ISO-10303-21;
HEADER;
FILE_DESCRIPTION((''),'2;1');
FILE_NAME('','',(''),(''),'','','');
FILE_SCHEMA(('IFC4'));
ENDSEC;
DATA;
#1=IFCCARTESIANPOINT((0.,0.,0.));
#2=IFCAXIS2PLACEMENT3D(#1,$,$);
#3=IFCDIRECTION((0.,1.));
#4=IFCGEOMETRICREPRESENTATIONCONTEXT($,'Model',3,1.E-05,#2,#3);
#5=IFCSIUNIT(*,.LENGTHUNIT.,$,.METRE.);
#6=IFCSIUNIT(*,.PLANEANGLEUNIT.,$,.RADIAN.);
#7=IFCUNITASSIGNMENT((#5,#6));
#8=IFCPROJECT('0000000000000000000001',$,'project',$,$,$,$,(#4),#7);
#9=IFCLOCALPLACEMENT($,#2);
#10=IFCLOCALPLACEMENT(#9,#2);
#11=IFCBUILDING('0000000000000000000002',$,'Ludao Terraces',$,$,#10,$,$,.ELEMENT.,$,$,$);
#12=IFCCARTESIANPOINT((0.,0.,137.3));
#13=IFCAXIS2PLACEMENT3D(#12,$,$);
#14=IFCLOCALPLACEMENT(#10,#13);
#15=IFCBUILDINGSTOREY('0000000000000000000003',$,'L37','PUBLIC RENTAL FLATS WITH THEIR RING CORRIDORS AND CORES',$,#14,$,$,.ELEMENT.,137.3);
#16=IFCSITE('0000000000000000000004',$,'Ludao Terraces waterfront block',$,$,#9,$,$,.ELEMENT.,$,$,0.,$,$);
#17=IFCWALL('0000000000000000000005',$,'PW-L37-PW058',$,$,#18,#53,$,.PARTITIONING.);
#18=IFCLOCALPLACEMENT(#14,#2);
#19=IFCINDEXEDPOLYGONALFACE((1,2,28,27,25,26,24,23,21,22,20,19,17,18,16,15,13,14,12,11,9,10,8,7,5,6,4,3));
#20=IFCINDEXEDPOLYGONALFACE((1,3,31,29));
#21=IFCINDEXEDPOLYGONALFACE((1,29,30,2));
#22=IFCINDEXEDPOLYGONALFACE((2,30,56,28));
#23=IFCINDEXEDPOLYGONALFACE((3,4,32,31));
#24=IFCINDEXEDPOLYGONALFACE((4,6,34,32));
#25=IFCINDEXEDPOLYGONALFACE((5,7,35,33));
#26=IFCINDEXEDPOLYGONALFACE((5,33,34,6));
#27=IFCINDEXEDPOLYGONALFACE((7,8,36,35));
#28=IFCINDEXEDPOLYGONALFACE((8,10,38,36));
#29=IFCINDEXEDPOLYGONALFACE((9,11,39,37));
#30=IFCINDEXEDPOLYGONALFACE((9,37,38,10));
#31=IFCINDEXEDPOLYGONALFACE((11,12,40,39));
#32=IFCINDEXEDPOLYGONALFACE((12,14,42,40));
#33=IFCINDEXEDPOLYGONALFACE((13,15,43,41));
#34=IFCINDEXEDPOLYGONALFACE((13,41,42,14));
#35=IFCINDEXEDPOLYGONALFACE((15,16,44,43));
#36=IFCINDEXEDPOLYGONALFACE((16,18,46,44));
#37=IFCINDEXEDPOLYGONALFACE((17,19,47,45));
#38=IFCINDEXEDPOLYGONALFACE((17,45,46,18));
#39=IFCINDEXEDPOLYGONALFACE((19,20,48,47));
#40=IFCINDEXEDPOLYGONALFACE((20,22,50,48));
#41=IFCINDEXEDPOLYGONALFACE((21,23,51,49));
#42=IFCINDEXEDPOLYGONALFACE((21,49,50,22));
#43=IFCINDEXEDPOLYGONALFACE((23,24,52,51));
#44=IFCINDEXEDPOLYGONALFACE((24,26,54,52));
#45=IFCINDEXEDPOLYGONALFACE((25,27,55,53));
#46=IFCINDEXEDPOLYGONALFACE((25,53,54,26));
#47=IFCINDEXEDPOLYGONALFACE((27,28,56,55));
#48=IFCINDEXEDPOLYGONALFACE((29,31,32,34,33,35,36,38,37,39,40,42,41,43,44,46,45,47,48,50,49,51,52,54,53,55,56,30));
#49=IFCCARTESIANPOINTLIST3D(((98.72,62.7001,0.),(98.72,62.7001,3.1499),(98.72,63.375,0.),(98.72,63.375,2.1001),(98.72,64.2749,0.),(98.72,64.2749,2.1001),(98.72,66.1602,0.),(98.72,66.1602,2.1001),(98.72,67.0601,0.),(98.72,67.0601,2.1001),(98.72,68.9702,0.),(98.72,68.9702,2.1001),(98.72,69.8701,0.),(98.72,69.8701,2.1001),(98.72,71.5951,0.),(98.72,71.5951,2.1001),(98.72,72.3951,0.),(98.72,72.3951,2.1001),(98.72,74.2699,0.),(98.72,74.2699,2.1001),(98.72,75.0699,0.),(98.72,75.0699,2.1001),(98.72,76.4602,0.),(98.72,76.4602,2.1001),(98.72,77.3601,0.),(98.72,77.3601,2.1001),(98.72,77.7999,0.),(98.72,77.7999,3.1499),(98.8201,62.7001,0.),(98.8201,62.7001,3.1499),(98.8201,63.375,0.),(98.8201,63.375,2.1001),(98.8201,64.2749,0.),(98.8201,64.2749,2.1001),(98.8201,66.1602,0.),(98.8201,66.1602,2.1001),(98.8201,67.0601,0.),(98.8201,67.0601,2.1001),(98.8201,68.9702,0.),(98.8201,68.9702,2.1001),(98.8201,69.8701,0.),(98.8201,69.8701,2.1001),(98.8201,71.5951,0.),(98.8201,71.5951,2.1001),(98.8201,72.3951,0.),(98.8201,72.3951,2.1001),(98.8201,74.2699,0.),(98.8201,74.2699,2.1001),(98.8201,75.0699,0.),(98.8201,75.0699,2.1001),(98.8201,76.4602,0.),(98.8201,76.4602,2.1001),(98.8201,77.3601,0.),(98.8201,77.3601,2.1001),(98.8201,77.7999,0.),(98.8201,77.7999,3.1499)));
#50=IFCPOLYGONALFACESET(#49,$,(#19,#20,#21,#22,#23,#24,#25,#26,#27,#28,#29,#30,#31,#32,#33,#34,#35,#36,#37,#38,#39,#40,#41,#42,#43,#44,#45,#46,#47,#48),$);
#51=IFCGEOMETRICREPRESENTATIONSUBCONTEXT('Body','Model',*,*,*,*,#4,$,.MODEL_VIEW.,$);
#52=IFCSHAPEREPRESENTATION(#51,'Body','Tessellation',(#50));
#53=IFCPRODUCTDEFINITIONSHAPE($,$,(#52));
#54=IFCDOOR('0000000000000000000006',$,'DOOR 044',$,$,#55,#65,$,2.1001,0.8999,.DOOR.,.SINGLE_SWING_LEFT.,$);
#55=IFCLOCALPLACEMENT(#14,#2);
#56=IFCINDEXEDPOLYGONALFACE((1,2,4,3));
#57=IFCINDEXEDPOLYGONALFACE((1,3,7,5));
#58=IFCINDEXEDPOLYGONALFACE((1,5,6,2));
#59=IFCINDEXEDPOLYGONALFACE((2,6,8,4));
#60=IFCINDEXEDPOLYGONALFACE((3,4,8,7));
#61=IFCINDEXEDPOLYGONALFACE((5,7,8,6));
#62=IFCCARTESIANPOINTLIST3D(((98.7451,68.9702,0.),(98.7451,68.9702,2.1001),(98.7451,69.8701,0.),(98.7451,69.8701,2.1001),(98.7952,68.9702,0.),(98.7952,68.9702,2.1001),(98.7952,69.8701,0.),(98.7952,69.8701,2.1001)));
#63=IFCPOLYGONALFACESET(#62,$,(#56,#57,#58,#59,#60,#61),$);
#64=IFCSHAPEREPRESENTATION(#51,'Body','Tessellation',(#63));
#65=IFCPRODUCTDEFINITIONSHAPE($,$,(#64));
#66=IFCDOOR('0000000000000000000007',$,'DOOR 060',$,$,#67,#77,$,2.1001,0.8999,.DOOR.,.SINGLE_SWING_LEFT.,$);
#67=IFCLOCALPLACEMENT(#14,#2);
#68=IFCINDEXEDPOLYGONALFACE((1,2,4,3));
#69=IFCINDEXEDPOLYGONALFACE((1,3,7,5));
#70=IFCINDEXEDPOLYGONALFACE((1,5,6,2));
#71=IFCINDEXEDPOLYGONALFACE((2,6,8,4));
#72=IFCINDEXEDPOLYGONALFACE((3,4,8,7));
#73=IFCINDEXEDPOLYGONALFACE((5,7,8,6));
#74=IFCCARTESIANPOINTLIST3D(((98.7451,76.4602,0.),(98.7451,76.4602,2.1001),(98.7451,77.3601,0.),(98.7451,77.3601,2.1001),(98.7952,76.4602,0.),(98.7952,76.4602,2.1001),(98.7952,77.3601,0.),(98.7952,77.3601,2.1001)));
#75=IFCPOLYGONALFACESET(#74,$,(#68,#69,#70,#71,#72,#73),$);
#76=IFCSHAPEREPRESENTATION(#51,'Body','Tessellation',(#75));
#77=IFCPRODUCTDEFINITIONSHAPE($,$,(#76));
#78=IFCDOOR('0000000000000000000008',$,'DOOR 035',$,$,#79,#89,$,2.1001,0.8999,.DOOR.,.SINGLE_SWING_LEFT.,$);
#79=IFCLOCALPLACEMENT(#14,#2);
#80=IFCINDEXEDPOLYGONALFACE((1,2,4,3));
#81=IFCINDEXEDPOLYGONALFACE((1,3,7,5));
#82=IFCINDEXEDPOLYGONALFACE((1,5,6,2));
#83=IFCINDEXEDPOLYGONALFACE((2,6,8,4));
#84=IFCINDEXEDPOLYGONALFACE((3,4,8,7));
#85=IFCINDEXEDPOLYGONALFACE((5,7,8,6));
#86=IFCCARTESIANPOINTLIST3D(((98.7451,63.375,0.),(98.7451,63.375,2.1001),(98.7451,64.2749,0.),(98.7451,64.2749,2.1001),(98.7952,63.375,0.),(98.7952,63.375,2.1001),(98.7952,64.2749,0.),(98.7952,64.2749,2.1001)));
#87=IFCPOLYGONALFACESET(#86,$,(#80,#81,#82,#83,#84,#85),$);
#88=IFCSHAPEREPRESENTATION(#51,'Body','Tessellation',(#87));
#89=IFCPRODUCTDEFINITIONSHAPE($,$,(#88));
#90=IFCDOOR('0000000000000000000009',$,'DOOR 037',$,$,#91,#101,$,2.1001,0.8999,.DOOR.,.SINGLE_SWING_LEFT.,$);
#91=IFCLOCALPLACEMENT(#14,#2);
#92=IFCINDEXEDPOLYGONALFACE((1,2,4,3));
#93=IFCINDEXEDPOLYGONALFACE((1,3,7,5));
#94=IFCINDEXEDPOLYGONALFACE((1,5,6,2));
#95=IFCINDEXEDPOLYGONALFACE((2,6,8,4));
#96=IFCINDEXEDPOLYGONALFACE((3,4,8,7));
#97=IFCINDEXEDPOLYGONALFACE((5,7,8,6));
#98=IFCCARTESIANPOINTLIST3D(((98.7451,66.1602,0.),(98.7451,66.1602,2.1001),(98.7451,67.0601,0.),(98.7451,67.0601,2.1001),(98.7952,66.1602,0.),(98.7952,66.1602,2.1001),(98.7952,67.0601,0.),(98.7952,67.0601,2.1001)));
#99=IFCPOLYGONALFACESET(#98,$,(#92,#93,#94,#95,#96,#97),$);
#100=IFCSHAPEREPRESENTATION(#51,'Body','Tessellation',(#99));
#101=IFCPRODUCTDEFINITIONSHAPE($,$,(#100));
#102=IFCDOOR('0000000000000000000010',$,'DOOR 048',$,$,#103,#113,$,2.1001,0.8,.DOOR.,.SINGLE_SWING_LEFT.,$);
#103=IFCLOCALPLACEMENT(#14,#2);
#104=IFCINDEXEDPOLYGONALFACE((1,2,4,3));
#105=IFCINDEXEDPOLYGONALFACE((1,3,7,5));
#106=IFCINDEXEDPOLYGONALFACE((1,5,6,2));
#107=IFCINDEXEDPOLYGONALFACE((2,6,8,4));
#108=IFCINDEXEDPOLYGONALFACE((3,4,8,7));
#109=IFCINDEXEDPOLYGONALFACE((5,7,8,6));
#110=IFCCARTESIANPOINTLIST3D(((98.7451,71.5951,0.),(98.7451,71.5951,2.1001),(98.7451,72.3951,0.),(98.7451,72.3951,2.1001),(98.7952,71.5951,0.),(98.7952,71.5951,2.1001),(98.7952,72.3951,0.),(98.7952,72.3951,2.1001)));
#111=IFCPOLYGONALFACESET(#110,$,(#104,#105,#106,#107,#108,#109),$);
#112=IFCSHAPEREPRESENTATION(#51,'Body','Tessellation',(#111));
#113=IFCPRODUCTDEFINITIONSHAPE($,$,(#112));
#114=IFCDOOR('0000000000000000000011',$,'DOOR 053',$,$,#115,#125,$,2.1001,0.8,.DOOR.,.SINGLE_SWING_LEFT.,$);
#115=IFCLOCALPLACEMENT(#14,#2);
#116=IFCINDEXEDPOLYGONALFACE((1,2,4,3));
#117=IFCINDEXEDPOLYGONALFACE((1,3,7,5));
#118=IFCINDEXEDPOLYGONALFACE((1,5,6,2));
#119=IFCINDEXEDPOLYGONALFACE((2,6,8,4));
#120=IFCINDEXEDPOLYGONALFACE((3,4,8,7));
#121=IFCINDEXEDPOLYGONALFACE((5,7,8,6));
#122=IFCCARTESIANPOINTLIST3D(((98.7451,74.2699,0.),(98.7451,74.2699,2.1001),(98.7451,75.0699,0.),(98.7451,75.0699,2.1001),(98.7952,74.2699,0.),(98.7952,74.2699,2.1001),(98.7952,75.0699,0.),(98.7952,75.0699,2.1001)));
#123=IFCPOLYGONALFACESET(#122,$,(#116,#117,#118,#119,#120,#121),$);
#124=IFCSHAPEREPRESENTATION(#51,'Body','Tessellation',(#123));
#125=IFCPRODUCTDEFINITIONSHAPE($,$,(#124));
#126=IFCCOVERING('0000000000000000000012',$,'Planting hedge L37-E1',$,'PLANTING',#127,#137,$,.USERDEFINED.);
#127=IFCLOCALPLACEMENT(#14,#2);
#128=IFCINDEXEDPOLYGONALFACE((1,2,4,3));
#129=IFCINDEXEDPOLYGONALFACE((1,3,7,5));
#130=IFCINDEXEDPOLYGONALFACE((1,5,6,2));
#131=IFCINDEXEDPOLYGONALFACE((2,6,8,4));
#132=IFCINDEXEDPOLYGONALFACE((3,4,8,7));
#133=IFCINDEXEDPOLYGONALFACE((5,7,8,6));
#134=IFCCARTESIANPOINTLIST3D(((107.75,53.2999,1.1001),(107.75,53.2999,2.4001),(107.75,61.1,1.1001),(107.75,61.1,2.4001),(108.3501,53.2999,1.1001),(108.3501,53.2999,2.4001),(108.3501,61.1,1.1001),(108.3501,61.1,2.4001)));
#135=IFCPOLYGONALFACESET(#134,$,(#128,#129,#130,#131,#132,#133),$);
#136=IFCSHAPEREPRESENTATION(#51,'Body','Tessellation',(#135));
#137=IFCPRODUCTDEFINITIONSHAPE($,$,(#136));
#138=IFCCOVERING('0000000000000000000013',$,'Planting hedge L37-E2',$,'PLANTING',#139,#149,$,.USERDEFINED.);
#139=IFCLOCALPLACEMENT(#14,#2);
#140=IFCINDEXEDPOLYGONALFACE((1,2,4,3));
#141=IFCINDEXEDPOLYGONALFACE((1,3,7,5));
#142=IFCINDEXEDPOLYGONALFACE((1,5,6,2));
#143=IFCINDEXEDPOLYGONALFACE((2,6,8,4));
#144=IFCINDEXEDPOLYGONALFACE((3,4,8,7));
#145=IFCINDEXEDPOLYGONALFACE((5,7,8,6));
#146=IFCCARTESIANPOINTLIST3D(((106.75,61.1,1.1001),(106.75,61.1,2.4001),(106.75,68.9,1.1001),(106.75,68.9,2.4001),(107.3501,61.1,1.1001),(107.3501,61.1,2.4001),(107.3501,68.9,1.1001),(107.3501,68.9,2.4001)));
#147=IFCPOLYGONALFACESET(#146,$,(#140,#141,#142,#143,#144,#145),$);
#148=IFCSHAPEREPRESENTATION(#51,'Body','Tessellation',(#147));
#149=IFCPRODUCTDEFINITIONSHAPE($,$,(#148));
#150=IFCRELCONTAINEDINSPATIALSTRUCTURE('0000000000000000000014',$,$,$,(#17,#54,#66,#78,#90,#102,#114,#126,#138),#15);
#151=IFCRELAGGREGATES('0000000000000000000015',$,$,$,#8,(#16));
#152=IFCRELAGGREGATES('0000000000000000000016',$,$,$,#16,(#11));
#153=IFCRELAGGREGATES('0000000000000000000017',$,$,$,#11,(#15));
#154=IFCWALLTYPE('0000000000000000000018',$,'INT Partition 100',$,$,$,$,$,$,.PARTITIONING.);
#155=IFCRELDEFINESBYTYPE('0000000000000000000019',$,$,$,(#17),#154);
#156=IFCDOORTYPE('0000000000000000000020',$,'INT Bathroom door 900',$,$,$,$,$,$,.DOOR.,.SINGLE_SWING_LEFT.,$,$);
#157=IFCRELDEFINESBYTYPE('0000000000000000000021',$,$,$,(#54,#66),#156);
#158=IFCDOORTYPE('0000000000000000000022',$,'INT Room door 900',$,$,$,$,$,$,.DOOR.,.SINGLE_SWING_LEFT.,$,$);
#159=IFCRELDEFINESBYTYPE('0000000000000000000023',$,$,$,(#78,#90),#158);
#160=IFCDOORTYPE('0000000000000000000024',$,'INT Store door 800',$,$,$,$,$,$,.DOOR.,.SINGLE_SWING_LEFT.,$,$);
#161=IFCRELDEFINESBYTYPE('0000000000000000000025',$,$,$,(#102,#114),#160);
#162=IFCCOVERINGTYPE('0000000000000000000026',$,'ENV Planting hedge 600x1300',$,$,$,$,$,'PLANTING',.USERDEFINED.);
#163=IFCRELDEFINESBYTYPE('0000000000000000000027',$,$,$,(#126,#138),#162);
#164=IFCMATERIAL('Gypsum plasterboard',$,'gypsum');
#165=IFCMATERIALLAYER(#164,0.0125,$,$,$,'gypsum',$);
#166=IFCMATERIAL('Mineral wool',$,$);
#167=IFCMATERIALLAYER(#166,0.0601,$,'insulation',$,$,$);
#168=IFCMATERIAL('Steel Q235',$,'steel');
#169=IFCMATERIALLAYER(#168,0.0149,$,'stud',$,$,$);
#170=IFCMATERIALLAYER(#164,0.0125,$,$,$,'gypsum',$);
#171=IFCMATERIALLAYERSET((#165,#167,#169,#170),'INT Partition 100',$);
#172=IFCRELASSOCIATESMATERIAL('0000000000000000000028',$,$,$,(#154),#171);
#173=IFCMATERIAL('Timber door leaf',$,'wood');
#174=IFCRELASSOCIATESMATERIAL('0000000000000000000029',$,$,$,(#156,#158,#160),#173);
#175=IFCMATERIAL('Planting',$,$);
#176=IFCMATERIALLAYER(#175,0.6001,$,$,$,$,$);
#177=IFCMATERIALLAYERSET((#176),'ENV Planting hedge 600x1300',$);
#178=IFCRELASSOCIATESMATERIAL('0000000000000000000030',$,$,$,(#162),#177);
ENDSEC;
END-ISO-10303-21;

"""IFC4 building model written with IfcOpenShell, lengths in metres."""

from ifc_helpers import new_model, si_unit, direction, frame, frame_2d, origin, origin_2d, place, context, subcontext, project, spatial, rectangle, extrude, material, layer, layer_set, type_object, element, fill, save


model = new_model("IFC4")

# Units and contexts
model_context = context("Model", 3, precision=1e-05, world=origin(), true_north=direction((0.0, 1.0)))
body_context = subcontext(model_context, "Body", "Model", "MODEL_VIEW")
ifc_project = project(units=[si_unit("LENGTHUNIT", "METRE"), si_unit("PLANEANGLEUNIT", "RADIAN")], contexts=[model_context])

# Site, building, storey
site_placement = place(None, origin())
site = spatial("IfcSite", under=ifc_project, at=site_placement, Name="Ludao Terraces waterfront block", CompositionType="ELEMENT", RefElevation=0.0)
building_placement = place(site_placement, origin())
building = spatial("IfcBuilding", under=site, at=building_placement, Name="Ludao Terraces", CompositionType="ELEMENT")
storey_placement = place(building_placement, frame((0.0, 0.0, 137.3)))
storey = spatial("IfcBuildingStorey", under=building, at=storey_placement, Name="L37", Description="PUBLIC RENTAL FLATS WITH THEIR RING CORRIDORS AND CORES", CompositionType="ELEMENT", Elevation=137.3)

# Shared definitions
ifc_material_1 = material(Name="Mineral wool")

# Shared definitions
ifc_material_2 = material(Name="Gypsum plasterboard", Category="gypsum")
ifc_layer_1 = layer(ifc_material_2, 0.0125, Category="gypsum")
ifc_layer_2 = layer(ifc_material_1, 0.0601, Name="insulation")
ifc_material_3 = material(Name="Steel Q235", Category="steel")
ifc_layer_3 = layer(ifc_material_3, 0.0149, Name="stud")
ifc_layer_4 = layer(ifc_material_2, 0.0125, Category="gypsum")
ifc_layer_set_1 = layer_set([ifc_layer_1, ifc_layer_2, ifc_layer_3, ifc_layer_4], Name="INT Partition 100")
wall_type_1 = type_object("IfcWallType", Name="INT Partition 100", PredefinedType="PARTITIONING", material=ifc_layer_set_1)

# Wall, openings, doors
wall_1_placement = place(storey_placement, frame((98.77, 62.7002, 0.0), z_axis=(0.0, 0.0, 1.0), x_axis=(0.0, 1.0, 0.0)))
wall_1 = element("IfcWall", 1, at=wall_1_placement, inside=storey, type_object=wall_type_1, Name="PW-L37-PW058", PredefinedType="PARTITIONING", context=body_context, shape_type="SweptSolid", body=[
    extrude(rectangle(XDim=15.0999, YDim=0.1001, at=frame_2d((7.5498, 0.0))), origin(), (0.0, 0.0, 1.0), 3.1499),
])
opening_1_placement = place(wall_1_placement, frame((0.6748, 0.0, 0.0)))
opening_1 = element("IfcOpeningElement", 2, at=opening_1_placement, cuts=wall_1, PredefinedType="OPENING", context=body_context, shape_type="SweptSolid", body=[
    extrude(rectangle(XDim=0.8999, YDim=2.1001, at=frame_2d((0.45, 1.05))), frame((0.0, 0.0601, 0.0), z_axis=(0.0, -1.0, 0.0), x_axis=(1.0, 0.0, 0.0)), (0.0, 0.0, 1.0), 0.1201),
])
opening_2_placement = place(wall_1_placement, frame((3.46, 0.0, 0.0)))
opening_2 = element("IfcOpeningElement", 3, at=opening_2_placement, cuts=wall_1, PredefinedType="OPENING", context=body_context, shape_type="SweptSolid", body=[
    extrude(rectangle(XDim=0.8999, YDim=2.1001, at=frame_2d((0.45, 1.05))), frame((0.0, 0.0601, 0.0), z_axis=(0.0, -1.0, 0.0), x_axis=(1.0, 0.0, 0.0)), (0.0, 0.0, 1.0), 0.1201),
])
opening_3_placement = place(wall_1_placement, frame((6.27, 0.0, 0.0)))
opening_3 = element("IfcOpeningElement", 4, at=opening_3_placement, cuts=wall_1, PredefinedType="OPENING", context=body_context, shape_type="SweptSolid", body=[
    extrude(rectangle(XDim=0.8999, YDim=2.1001, at=frame_2d((0.45, 1.05))), frame((0.0, 0.0601, 0.0), z_axis=(0.0, -1.0, 0.0), x_axis=(1.0, 0.0, 0.0)), (0.0, 0.0, 1.0), 0.1201),
])
opening_4_placement = place(wall_1_placement, frame((8.895, 0.0, 0.0)))
opening_4 = element("IfcOpeningElement", 5, at=opening_4_placement, cuts=wall_1, PredefinedType="OPENING", context=body_context, shape_type="SweptSolid", body=[
    extrude(rectangle(XDim=0.8, YDim=2.1001, at=frame_2d((0.3999, 1.05))), frame((0.0, 0.0601, 0.0), z_axis=(0.0, -1.0, 0.0), x_axis=(1.0, 0.0, 0.0)), (0.0, 0.0, 1.0), 0.1201),
])
opening_5_placement = place(wall_1_placement, frame((11.5698, 0.0, 0.0)))
opening_5 = element("IfcOpeningElement", 6, at=opening_5_placement, cuts=wall_1, PredefinedType="OPENING", context=body_context, shape_type="SweptSolid", body=[
    extrude(rectangle(XDim=0.8, YDim=2.1001, at=frame_2d((0.3999, 1.05))), frame((0.0, 0.0601, 0.0), z_axis=(0.0, -1.0, 0.0), x_axis=(1.0, 0.0, 0.0)), (0.0, 0.0, 1.0), 0.1201),
])
opening_6_placement = place(wall_1_placement, frame((13.76, 0.0, 0.0)))
opening_6 = element("IfcOpeningElement", 7, at=opening_6_placement, cuts=wall_1, PredefinedType="OPENING", context=body_context, shape_type="SweptSolid", body=[
    extrude(rectangle(XDim=0.8999, YDim=2.1001, at=frame_2d((0.45, 1.05))), frame((0.0, 0.0601, 0.0), z_axis=(0.0, -1.0, 0.0), x_axis=(1.0, 0.0, 0.0)), (0.0, 0.0, 1.0), 0.1201),
])
ifc_material_4 = material(Name="Timber door leaf", Category="wood")
door_type_1 = type_object("IfcDoorType", Name="INT Bathroom door 900", OperationType="SINGLE_SWING_LEFT", PredefinedType="DOOR", material=ifc_material_4)
door_1_placement = place(opening_3_placement, origin())
door_1 = element("IfcDoor", 8, at=door_1_placement, inside=storey, type_object=door_type_1, Name="DOOR 044", OperationType="SINGLE_SWING_LEFT", OverallHeight=2.1001, OverallWidth=0.8999, PredefinedType="DOOR", context=body_context, shape_type="SweptSolid", body=[
    extrude(rectangle(XDim=0.8999, YDim=2.1001, at=frame_2d((0.45, 1.05))), frame((0.0, 0.0249, 0.0), z_axis=(0.0, -1.0, 0.0), x_axis=(1.0, 0.0, 0.0)), (0.0, 0.0, 1.0), 0.05),
])
fill(opening_3, door_1)
door_2_placement = place(opening_6_placement, origin())
door_2 = element("IfcDoor", 9, at=door_2_placement, inside=storey, type_object=door_type_1, Name="DOOR 060", OperationType="SINGLE_SWING_LEFT", OverallHeight=2.1001, OverallWidth=0.8999, PredefinedType="DOOR", context=body_context, shape_type="SweptSolid", body=[
    extrude(rectangle(XDim=0.8999, YDim=2.1001, at=frame_2d((0.45, 1.05))), frame((0.0, 0.0249, 0.0), z_axis=(0.0, -1.0, 0.0), x_axis=(1.0, 0.0, 0.0)), (0.0, 0.0, 1.0), 0.05),
])
fill(opening_6, door_2)
door_type_2 = type_object("IfcDoorType", Name="INT Room door 900", OperationType="SINGLE_SWING_LEFT", PredefinedType="DOOR", material=ifc_material_4)
door_3_placement = place(opening_1_placement, origin())
door_3 = element("IfcDoor", 10, at=door_3_placement, inside=storey, type_object=door_type_2, Name="DOOR 035", OperationType="SINGLE_SWING_LEFT", OverallHeight=2.1001, OverallWidth=0.8999, PredefinedType="DOOR", context=body_context, shape_type="SweptSolid", body=[
    extrude(rectangle(XDim=0.8999, YDim=2.1001, at=frame_2d((0.45, 1.05))), frame((0.0, 0.0249, 0.0), z_axis=(0.0, -1.0, 0.0), x_axis=(1.0, 0.0, 0.0)), (0.0, 0.0, 1.0), 0.05),
])
fill(opening_1, door_3)
door_4_placement = place(opening_2_placement, origin())
door_4 = element("IfcDoor", 11, at=door_4_placement, inside=storey, type_object=door_type_2, Name="DOOR 037", OperationType="SINGLE_SWING_LEFT", OverallHeight=2.1001, OverallWidth=0.8999, PredefinedType="DOOR", context=body_context, shape_type="SweptSolid", body=[
    extrude(rectangle(XDim=0.8999, YDim=2.1001, at=frame_2d((0.45, 1.05))), frame((0.0, 0.0249, 0.0), z_axis=(0.0, -1.0, 0.0), x_axis=(1.0, 0.0, 0.0)), (0.0, 0.0, 1.0), 0.05),
])
fill(opening_2, door_4)
door_type_3 = type_object("IfcDoorType", Name="INT Store door 800", OperationType="SINGLE_SWING_LEFT", PredefinedType="DOOR", material=ifc_material_4)
door_5_placement = place(opening_4_placement, origin())
door_5 = element("IfcDoor", 12, at=door_5_placement, inside=storey, type_object=door_type_3, Name="DOOR 048", OperationType="SINGLE_SWING_LEFT", OverallHeight=2.1001, OverallWidth=0.8, PredefinedType="DOOR", context=body_context, shape_type="SweptSolid", body=[
    extrude(rectangle(XDim=0.8, YDim=2.1001, at=frame_2d((0.3999, 1.05))), frame((0.0, 0.0249, 0.0), z_axis=(0.0, -1.0, 0.0), x_axis=(1.0, 0.0, 0.0)), (0.0, 0.0, 1.0), 0.05),
])
fill(opening_4, door_5)
door_6_placement = place(opening_5_placement, origin())
door_6 = element("IfcDoor", 13, at=door_6_placement, inside=storey, type_object=door_type_3, Name="DOOR 053", OperationType="SINGLE_SWING_LEFT", OverallHeight=2.1001, OverallWidth=0.8, PredefinedType="DOOR", context=body_context, shape_type="SweptSolid", body=[
    extrude(rectangle(XDim=0.8, YDim=2.1001, at=frame_2d((0.3999, 1.05))), frame((0.0, 0.0249, 0.0), z_axis=(0.0, -1.0, 0.0), x_axis=(1.0, 0.0, 0.0)), (0.0, 0.0, 1.0), 0.05),
])
fill(opening_5, door_6)

# Coverings
ifc_material_5 = material(Name="Planting")
ifc_layer_5 = layer(ifc_material_5, 0.6001)
ifc_layer_set_2 = layer_set([ifc_layer_5], Name="ENV Planting hedge 600x1300")
covering_type = type_object("IfcCoveringType", Name="ENV Planting hedge 600x1300", ElementType="PLANTING", PredefinedType="USERDEFINED", material=ifc_layer_set_2)
for number, where, z_axis, x_axis, name in (
    (14, (108.05, 57.2, 1.1001), (0.0, 0.0, 1.0), (1.0, 0.0, 0.0), "Planting hedge L37-E1"),
    (15, (107.05, 65.0, 1.1001), (0.0, 0.0, 1.0), (1.0, 0.0, 0.0), "Planting hedge L37-E2"),
):
    element("IfcCovering", number, at=place(storey_placement, frame(where, z_axis=z_axis, x_axis=x_axis)), inside=storey, type_object=covering_type, Name=name, ObjectType="PLANTING", PredefinedType="USERDEFINED", context=body_context, shape_type="SweptSolid", body=[
        extrude(rectangle(XDim=0.6001, YDim=7.8, at=origin_2d()), origin(), (0.0, 0.0, 1.0), 1.3),
    ])

save(model, "model.ifc")
